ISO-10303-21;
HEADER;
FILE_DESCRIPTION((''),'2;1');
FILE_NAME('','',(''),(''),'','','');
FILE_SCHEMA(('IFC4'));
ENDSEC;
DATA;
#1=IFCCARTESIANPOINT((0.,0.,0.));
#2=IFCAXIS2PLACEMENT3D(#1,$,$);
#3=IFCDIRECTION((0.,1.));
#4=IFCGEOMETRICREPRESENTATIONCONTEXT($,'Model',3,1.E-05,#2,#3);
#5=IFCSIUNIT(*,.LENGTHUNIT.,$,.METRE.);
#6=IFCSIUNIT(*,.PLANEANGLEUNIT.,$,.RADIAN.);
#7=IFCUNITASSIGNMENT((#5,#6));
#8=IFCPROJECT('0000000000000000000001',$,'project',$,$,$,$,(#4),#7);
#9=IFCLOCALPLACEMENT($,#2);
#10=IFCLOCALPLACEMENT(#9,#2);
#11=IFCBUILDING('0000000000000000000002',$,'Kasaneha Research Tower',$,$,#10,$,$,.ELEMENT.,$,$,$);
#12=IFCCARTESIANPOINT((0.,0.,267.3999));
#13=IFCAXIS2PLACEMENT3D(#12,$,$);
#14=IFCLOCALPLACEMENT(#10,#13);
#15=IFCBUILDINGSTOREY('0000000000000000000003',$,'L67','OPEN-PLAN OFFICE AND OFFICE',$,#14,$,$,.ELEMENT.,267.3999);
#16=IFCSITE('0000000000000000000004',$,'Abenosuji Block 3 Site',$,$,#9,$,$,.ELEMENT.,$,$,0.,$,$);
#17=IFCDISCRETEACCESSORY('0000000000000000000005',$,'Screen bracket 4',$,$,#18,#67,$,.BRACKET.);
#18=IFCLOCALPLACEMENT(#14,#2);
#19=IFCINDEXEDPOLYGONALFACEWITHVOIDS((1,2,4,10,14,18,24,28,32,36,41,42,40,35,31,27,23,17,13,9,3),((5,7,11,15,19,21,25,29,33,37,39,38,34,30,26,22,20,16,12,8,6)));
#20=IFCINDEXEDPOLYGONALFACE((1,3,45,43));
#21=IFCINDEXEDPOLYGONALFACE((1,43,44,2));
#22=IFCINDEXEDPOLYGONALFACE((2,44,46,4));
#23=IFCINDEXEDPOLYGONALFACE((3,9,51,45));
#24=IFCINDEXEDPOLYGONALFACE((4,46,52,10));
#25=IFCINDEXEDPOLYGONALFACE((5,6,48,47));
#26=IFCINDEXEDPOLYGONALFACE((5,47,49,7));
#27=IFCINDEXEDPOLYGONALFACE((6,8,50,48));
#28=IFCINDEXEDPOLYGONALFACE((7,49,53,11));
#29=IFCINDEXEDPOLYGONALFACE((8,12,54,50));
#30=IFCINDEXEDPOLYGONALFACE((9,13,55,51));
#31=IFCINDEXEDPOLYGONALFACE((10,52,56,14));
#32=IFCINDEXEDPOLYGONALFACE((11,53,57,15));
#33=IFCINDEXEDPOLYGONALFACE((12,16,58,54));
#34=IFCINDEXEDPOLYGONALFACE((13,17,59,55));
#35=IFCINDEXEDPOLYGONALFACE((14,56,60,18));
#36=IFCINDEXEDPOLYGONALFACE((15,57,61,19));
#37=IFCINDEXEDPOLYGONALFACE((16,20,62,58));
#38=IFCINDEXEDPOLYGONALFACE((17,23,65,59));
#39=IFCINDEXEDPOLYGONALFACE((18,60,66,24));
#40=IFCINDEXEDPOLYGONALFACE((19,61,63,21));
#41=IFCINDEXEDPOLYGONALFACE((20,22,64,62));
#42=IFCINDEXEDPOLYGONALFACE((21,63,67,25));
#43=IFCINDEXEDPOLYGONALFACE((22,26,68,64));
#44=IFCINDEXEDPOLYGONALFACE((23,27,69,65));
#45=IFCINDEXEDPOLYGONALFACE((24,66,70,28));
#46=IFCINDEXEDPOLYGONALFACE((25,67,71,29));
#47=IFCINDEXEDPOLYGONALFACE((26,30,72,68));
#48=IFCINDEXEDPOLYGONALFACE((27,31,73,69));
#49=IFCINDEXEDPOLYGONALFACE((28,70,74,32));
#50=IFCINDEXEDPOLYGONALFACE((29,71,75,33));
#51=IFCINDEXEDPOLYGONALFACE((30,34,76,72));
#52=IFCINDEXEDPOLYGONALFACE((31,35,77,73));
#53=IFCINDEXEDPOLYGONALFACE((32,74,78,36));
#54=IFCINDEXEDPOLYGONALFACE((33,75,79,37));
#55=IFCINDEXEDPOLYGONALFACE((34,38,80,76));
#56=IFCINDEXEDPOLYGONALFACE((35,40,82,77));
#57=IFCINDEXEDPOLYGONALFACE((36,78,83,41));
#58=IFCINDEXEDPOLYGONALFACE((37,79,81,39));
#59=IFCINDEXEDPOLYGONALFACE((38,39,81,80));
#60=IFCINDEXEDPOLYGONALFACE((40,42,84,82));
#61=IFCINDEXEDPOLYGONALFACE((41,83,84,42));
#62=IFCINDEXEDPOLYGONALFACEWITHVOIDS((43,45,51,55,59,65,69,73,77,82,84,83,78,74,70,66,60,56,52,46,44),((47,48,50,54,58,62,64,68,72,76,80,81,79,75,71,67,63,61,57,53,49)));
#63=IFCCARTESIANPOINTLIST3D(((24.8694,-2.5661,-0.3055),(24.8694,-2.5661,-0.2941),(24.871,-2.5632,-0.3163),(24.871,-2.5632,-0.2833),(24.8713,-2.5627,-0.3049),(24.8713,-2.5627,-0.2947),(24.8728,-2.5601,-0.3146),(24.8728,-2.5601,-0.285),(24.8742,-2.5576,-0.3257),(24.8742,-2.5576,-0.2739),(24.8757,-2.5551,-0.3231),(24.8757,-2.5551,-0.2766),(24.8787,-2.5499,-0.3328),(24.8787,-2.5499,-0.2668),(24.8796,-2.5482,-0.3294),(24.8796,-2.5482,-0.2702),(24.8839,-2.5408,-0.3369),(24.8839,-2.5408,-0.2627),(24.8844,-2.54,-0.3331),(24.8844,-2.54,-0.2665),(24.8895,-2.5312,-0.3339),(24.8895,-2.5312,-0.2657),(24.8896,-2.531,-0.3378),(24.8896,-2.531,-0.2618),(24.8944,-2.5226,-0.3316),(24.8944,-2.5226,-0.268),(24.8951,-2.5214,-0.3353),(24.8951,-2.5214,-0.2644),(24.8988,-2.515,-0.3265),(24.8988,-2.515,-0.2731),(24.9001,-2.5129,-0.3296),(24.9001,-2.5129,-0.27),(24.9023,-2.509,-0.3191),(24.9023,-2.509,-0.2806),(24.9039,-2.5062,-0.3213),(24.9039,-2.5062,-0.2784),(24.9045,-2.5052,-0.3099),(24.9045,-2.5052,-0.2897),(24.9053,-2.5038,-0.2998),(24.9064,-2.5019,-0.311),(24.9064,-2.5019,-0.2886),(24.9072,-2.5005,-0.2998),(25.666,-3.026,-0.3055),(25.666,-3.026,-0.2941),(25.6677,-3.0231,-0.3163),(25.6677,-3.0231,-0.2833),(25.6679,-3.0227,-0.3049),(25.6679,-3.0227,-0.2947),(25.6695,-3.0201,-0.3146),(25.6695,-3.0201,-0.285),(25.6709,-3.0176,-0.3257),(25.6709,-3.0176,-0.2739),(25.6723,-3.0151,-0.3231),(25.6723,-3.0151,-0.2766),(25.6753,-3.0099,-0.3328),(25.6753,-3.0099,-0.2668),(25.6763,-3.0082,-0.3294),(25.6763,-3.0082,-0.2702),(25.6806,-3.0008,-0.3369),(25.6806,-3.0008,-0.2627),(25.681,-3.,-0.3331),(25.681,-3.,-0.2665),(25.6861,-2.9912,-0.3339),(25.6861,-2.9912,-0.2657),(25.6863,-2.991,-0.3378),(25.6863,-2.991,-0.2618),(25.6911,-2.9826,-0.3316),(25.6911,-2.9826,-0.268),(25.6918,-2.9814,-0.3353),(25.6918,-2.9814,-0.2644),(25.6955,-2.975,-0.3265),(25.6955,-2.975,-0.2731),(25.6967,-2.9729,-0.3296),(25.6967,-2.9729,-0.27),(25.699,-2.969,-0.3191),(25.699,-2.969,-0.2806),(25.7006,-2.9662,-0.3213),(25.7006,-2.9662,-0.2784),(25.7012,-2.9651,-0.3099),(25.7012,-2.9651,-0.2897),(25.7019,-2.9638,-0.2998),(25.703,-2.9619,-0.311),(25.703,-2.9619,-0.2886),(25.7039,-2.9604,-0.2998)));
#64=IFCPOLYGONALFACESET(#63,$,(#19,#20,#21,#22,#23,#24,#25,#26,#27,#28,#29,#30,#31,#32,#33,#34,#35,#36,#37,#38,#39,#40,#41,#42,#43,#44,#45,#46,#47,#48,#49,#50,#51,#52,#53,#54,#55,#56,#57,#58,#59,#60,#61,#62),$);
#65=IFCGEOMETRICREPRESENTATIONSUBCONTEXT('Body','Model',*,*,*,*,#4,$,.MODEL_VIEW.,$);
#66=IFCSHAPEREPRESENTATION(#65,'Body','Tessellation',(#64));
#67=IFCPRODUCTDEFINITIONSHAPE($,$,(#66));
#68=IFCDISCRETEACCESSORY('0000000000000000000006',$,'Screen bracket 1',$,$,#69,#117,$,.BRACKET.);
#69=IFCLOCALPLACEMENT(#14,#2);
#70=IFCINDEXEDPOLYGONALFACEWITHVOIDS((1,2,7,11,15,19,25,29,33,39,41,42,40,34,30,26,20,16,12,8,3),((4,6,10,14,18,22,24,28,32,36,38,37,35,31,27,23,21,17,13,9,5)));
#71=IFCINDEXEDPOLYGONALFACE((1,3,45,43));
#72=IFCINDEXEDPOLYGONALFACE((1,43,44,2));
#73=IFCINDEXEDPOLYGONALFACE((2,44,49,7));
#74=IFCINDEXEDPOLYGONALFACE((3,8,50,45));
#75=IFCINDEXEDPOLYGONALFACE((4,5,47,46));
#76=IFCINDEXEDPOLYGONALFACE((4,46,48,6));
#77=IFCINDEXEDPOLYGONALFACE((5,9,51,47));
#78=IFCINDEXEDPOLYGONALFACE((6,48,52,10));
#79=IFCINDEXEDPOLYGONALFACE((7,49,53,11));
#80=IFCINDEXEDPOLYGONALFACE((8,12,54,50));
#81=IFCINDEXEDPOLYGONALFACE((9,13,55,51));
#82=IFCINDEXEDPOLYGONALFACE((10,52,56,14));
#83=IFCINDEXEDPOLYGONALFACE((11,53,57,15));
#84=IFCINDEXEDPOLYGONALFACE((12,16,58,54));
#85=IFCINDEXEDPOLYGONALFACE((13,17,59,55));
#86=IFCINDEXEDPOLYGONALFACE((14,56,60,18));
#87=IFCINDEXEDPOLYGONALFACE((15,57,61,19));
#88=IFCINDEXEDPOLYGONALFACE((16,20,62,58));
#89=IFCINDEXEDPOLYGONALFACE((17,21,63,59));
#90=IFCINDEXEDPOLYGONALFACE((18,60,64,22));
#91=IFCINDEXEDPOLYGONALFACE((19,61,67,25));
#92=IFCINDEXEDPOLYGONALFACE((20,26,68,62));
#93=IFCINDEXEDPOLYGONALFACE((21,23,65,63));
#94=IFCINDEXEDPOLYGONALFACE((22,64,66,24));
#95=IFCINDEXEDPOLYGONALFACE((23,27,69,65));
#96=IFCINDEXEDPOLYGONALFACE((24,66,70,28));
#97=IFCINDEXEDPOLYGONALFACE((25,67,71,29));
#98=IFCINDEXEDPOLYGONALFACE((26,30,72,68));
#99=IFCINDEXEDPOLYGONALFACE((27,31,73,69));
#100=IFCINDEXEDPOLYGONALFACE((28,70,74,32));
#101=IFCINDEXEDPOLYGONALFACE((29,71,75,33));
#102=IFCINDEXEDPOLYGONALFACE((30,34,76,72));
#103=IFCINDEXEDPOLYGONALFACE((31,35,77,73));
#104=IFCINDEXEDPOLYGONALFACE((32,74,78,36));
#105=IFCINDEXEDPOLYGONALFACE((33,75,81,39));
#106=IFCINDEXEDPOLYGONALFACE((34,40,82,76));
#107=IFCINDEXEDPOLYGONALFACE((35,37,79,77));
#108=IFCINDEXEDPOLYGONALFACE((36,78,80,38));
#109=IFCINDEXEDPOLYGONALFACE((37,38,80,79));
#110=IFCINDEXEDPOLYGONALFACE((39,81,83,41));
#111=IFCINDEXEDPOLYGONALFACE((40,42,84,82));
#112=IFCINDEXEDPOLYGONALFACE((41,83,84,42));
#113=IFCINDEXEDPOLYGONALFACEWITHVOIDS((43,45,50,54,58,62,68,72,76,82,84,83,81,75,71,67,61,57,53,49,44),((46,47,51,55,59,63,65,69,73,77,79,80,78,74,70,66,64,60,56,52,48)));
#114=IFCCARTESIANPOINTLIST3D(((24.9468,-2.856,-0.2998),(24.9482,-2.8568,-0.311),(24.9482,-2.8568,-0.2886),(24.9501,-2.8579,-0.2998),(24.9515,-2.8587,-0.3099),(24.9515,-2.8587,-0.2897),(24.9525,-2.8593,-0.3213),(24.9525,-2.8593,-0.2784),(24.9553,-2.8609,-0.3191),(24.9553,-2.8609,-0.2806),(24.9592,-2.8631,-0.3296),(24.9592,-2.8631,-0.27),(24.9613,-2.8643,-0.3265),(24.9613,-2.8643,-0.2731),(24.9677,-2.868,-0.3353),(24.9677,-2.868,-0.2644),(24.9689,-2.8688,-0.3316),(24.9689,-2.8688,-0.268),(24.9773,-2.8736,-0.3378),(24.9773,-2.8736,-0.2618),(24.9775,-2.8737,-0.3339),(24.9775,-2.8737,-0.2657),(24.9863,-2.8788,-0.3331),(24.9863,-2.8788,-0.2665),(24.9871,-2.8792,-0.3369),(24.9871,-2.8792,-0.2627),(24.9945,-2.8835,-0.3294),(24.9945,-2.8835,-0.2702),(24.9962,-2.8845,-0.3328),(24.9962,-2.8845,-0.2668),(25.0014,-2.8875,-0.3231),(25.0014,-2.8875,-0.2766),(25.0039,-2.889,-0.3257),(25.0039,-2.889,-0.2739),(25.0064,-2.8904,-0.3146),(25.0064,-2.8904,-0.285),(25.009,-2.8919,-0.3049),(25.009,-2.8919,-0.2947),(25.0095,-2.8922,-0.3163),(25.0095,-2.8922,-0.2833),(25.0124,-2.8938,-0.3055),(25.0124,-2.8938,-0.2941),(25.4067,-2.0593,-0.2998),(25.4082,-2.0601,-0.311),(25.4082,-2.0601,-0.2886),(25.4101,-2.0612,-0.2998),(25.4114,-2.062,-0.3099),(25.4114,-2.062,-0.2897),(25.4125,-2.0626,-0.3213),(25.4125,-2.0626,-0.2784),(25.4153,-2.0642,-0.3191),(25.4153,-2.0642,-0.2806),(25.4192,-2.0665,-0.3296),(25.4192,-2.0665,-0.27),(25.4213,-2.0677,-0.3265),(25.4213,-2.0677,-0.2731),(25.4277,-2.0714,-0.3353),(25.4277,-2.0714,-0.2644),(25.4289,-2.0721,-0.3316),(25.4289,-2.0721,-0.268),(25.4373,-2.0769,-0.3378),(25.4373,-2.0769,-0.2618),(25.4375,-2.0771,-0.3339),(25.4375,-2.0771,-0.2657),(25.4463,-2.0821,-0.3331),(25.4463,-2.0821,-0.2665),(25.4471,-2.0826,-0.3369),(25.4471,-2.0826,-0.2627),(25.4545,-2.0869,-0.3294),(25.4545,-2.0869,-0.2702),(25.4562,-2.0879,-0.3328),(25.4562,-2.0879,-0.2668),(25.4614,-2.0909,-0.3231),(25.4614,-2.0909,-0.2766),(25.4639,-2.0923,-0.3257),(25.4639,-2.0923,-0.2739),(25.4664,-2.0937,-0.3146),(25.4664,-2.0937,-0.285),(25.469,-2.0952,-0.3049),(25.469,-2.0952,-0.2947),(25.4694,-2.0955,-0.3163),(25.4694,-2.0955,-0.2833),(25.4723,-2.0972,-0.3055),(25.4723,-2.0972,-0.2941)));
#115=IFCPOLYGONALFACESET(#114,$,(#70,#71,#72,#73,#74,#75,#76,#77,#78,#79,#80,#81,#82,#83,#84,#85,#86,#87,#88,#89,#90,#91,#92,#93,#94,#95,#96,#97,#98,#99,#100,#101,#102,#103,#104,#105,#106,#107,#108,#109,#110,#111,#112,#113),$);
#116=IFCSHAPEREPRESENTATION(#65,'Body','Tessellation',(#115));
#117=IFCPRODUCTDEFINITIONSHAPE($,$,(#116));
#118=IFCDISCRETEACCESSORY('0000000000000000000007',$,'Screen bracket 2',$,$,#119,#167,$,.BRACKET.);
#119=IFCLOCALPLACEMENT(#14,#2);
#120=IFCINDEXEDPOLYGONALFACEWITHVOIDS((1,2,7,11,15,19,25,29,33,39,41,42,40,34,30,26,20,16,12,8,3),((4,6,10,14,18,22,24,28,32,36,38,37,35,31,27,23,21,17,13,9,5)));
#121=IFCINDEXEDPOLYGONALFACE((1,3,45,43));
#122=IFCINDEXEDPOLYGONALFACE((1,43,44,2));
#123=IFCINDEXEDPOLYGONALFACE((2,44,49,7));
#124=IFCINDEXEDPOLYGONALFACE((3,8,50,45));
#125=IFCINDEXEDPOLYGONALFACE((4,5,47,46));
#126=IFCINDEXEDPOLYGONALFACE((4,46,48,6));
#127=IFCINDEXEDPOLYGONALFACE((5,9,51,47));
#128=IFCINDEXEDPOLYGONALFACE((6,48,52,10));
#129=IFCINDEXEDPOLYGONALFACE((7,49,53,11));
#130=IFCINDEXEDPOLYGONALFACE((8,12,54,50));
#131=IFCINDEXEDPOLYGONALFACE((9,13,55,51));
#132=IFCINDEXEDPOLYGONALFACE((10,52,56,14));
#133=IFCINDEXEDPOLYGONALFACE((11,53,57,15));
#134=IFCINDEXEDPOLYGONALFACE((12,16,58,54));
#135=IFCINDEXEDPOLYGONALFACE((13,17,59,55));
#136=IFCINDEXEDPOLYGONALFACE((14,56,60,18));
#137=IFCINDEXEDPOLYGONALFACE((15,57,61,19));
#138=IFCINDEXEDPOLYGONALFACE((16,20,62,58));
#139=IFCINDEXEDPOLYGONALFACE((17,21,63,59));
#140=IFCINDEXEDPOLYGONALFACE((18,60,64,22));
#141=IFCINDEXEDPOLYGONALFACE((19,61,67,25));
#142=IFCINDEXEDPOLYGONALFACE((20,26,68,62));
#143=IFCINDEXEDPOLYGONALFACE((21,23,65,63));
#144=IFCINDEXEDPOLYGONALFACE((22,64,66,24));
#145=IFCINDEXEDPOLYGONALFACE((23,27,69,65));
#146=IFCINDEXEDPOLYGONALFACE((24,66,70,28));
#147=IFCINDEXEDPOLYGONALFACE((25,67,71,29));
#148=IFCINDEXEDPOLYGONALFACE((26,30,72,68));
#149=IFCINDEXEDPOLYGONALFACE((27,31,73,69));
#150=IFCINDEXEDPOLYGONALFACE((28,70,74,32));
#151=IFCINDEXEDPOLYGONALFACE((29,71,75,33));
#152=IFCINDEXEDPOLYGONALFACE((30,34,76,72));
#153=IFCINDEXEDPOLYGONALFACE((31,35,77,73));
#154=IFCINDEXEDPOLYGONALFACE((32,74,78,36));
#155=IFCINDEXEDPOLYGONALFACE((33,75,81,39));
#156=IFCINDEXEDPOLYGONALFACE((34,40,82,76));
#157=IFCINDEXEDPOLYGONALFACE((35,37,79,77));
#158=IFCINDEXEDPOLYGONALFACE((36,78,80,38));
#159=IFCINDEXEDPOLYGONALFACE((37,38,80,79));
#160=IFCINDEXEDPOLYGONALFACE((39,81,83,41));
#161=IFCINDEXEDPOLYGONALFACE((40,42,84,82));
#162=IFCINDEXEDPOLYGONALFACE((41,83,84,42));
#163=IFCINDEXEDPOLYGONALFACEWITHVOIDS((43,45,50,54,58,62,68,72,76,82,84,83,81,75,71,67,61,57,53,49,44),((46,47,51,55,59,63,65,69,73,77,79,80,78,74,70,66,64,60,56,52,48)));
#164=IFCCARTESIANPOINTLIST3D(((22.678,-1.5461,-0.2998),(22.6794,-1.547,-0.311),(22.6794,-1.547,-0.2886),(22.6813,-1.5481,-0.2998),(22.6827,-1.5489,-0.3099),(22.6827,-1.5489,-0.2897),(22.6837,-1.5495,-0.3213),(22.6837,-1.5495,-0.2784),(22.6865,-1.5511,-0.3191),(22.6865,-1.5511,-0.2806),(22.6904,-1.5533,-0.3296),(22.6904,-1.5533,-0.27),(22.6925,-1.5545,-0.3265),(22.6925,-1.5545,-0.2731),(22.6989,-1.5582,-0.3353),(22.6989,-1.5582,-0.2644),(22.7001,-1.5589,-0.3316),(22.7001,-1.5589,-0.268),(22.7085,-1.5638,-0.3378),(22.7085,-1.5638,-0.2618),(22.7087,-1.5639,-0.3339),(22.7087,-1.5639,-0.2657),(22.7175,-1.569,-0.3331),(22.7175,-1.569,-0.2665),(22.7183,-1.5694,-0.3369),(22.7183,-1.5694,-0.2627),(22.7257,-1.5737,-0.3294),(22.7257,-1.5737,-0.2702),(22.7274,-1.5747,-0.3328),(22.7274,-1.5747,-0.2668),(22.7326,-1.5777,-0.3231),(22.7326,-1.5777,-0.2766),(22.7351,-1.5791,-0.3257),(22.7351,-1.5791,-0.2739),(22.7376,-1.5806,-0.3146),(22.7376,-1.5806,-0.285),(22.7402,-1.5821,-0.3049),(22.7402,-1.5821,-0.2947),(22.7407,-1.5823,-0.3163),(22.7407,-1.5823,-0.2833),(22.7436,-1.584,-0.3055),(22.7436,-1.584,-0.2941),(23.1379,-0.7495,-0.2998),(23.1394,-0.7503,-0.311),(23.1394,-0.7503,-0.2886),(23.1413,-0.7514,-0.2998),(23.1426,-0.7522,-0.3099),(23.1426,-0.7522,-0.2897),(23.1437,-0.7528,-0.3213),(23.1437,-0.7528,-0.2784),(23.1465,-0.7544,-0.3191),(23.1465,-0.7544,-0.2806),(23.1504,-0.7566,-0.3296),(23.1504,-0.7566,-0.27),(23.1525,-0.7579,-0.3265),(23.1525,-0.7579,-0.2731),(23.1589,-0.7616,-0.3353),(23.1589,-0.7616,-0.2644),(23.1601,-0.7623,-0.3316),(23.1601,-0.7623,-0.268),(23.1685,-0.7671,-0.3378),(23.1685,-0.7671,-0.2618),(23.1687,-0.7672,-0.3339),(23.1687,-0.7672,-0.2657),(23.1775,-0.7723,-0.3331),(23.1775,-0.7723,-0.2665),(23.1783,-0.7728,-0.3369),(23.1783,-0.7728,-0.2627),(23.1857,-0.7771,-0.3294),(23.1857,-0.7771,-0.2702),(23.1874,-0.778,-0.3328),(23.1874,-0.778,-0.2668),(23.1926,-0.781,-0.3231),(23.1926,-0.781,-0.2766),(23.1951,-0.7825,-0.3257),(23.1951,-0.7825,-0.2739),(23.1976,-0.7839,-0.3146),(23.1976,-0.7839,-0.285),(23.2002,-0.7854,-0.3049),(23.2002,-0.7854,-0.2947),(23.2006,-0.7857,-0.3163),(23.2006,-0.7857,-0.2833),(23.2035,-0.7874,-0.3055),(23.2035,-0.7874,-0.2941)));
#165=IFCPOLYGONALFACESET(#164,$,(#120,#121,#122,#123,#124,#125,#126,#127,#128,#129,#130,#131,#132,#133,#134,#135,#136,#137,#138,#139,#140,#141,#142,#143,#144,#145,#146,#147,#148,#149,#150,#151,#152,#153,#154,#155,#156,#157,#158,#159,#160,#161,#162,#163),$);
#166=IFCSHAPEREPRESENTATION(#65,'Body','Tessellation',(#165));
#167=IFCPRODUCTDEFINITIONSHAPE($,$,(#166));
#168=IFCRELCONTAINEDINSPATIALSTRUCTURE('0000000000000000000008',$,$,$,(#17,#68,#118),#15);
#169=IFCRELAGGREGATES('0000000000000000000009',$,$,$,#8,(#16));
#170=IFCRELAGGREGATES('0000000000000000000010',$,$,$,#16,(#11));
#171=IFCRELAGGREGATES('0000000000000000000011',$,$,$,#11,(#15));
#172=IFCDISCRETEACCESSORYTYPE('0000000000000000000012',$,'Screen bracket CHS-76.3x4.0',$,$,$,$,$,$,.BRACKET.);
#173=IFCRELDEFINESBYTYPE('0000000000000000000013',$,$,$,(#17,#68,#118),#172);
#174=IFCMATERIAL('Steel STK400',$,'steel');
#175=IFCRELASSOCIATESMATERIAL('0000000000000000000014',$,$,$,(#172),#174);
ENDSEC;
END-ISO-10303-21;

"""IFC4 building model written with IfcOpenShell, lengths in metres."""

from ifc_helpers import new_model, si_unit, direction, frame, origin, origin_2d, place, context, subcontext, project, spatial, hollow_circle, extrude, material, material_profile, profile_set, type_object, element, save


model = new_model("IFC4")

# Units and contexts
model_context = context("Model", 3, precision=1e-05, world=origin(), true_north=direction((0.0, 1.0)))
body_context = subcontext(model_context, "Body", "Model", "MODEL_VIEW")
ifc_project = project(units=[si_unit("LENGTHUNIT", "METRE"), si_unit("PLANEANGLEUNIT", "RADIAN")], contexts=[model_context])

# Site, building, storey
site_placement = place(None, origin())
site = spatial("IfcSite", under=ifc_project, at=site_placement, Name="Abenosuji Block 3 Site", CompositionType="ELEMENT", RefElevation=0.0)
building_placement = place(site_placement, origin())
building = spatial("IfcBuilding", under=site, at=building_placement, Name="Kasaneha Research Tower", CompositionType="ELEMENT")
storey_placement = place(building_placement, frame((0.0, 0.0, 267.3999)))
storey = spatial("IfcBuildingStorey", under=building, at=storey_placement, Name="L67", Description="OPEN-PLAN OFFICE AND OFFICE", CompositionType="ELEMENT", Elevation=267.3999)

# Discrete accessories
ifc_material_1 = material(Name="Steel STK400", Category="steel")
ifc_material_profile_1 = material_profile(ifc_material_1, hollow_circle(Radius=0.0381, WallThickness=0.0039, at=origin_2d()), Name="CHS-76.3x4.0")
ifc_profile_set_1 = profile_set([ifc_material_profile_1], Name="Steel STK400")
discrete_accessory_type = type_object("IfcDiscreteAccessoryType", Name="Screen bracket CHS-76.3x4.0", PredefinedType="BRACKET", material=ifc_profile_set_1)
for number, where, z_axis, x_axis, name in (
    (1, (24.8882, -2.5334, -0.2998), (0.866013, -0.500021, 0.0), (0.500021, 0.866013, 0.0), "Screen bracket 4"),
    (2, (24.9797, -2.875, -0.2998), (0.500021, 0.866013, 0.0), (-0.866013, 0.500021, 0.0), "Screen bracket 1"),
    (3, (22.7109, -1.5652, -0.2998), (0.500021, 0.866013, 0.0), (-0.866013, 0.500021, 0.0), "Screen bracket 2"),
):
    element("IfcDiscreteAccessory", number, at=place(storey_placement, frame(where, z_axis=z_axis, x_axis=x_axis)), inside=storey, type_object=discrete_accessory_type, Name=name, PredefinedType="BRACKET", context=body_context, shape_type="SweptSolid", body=[
        extrude(hollow_circle(Radius=0.0381, WallThickness=0.0039, at=origin_2d()), origin(), (0.0, 0.0, 1.0), 0.9199),
    ])

save(model, "model.ifc")
